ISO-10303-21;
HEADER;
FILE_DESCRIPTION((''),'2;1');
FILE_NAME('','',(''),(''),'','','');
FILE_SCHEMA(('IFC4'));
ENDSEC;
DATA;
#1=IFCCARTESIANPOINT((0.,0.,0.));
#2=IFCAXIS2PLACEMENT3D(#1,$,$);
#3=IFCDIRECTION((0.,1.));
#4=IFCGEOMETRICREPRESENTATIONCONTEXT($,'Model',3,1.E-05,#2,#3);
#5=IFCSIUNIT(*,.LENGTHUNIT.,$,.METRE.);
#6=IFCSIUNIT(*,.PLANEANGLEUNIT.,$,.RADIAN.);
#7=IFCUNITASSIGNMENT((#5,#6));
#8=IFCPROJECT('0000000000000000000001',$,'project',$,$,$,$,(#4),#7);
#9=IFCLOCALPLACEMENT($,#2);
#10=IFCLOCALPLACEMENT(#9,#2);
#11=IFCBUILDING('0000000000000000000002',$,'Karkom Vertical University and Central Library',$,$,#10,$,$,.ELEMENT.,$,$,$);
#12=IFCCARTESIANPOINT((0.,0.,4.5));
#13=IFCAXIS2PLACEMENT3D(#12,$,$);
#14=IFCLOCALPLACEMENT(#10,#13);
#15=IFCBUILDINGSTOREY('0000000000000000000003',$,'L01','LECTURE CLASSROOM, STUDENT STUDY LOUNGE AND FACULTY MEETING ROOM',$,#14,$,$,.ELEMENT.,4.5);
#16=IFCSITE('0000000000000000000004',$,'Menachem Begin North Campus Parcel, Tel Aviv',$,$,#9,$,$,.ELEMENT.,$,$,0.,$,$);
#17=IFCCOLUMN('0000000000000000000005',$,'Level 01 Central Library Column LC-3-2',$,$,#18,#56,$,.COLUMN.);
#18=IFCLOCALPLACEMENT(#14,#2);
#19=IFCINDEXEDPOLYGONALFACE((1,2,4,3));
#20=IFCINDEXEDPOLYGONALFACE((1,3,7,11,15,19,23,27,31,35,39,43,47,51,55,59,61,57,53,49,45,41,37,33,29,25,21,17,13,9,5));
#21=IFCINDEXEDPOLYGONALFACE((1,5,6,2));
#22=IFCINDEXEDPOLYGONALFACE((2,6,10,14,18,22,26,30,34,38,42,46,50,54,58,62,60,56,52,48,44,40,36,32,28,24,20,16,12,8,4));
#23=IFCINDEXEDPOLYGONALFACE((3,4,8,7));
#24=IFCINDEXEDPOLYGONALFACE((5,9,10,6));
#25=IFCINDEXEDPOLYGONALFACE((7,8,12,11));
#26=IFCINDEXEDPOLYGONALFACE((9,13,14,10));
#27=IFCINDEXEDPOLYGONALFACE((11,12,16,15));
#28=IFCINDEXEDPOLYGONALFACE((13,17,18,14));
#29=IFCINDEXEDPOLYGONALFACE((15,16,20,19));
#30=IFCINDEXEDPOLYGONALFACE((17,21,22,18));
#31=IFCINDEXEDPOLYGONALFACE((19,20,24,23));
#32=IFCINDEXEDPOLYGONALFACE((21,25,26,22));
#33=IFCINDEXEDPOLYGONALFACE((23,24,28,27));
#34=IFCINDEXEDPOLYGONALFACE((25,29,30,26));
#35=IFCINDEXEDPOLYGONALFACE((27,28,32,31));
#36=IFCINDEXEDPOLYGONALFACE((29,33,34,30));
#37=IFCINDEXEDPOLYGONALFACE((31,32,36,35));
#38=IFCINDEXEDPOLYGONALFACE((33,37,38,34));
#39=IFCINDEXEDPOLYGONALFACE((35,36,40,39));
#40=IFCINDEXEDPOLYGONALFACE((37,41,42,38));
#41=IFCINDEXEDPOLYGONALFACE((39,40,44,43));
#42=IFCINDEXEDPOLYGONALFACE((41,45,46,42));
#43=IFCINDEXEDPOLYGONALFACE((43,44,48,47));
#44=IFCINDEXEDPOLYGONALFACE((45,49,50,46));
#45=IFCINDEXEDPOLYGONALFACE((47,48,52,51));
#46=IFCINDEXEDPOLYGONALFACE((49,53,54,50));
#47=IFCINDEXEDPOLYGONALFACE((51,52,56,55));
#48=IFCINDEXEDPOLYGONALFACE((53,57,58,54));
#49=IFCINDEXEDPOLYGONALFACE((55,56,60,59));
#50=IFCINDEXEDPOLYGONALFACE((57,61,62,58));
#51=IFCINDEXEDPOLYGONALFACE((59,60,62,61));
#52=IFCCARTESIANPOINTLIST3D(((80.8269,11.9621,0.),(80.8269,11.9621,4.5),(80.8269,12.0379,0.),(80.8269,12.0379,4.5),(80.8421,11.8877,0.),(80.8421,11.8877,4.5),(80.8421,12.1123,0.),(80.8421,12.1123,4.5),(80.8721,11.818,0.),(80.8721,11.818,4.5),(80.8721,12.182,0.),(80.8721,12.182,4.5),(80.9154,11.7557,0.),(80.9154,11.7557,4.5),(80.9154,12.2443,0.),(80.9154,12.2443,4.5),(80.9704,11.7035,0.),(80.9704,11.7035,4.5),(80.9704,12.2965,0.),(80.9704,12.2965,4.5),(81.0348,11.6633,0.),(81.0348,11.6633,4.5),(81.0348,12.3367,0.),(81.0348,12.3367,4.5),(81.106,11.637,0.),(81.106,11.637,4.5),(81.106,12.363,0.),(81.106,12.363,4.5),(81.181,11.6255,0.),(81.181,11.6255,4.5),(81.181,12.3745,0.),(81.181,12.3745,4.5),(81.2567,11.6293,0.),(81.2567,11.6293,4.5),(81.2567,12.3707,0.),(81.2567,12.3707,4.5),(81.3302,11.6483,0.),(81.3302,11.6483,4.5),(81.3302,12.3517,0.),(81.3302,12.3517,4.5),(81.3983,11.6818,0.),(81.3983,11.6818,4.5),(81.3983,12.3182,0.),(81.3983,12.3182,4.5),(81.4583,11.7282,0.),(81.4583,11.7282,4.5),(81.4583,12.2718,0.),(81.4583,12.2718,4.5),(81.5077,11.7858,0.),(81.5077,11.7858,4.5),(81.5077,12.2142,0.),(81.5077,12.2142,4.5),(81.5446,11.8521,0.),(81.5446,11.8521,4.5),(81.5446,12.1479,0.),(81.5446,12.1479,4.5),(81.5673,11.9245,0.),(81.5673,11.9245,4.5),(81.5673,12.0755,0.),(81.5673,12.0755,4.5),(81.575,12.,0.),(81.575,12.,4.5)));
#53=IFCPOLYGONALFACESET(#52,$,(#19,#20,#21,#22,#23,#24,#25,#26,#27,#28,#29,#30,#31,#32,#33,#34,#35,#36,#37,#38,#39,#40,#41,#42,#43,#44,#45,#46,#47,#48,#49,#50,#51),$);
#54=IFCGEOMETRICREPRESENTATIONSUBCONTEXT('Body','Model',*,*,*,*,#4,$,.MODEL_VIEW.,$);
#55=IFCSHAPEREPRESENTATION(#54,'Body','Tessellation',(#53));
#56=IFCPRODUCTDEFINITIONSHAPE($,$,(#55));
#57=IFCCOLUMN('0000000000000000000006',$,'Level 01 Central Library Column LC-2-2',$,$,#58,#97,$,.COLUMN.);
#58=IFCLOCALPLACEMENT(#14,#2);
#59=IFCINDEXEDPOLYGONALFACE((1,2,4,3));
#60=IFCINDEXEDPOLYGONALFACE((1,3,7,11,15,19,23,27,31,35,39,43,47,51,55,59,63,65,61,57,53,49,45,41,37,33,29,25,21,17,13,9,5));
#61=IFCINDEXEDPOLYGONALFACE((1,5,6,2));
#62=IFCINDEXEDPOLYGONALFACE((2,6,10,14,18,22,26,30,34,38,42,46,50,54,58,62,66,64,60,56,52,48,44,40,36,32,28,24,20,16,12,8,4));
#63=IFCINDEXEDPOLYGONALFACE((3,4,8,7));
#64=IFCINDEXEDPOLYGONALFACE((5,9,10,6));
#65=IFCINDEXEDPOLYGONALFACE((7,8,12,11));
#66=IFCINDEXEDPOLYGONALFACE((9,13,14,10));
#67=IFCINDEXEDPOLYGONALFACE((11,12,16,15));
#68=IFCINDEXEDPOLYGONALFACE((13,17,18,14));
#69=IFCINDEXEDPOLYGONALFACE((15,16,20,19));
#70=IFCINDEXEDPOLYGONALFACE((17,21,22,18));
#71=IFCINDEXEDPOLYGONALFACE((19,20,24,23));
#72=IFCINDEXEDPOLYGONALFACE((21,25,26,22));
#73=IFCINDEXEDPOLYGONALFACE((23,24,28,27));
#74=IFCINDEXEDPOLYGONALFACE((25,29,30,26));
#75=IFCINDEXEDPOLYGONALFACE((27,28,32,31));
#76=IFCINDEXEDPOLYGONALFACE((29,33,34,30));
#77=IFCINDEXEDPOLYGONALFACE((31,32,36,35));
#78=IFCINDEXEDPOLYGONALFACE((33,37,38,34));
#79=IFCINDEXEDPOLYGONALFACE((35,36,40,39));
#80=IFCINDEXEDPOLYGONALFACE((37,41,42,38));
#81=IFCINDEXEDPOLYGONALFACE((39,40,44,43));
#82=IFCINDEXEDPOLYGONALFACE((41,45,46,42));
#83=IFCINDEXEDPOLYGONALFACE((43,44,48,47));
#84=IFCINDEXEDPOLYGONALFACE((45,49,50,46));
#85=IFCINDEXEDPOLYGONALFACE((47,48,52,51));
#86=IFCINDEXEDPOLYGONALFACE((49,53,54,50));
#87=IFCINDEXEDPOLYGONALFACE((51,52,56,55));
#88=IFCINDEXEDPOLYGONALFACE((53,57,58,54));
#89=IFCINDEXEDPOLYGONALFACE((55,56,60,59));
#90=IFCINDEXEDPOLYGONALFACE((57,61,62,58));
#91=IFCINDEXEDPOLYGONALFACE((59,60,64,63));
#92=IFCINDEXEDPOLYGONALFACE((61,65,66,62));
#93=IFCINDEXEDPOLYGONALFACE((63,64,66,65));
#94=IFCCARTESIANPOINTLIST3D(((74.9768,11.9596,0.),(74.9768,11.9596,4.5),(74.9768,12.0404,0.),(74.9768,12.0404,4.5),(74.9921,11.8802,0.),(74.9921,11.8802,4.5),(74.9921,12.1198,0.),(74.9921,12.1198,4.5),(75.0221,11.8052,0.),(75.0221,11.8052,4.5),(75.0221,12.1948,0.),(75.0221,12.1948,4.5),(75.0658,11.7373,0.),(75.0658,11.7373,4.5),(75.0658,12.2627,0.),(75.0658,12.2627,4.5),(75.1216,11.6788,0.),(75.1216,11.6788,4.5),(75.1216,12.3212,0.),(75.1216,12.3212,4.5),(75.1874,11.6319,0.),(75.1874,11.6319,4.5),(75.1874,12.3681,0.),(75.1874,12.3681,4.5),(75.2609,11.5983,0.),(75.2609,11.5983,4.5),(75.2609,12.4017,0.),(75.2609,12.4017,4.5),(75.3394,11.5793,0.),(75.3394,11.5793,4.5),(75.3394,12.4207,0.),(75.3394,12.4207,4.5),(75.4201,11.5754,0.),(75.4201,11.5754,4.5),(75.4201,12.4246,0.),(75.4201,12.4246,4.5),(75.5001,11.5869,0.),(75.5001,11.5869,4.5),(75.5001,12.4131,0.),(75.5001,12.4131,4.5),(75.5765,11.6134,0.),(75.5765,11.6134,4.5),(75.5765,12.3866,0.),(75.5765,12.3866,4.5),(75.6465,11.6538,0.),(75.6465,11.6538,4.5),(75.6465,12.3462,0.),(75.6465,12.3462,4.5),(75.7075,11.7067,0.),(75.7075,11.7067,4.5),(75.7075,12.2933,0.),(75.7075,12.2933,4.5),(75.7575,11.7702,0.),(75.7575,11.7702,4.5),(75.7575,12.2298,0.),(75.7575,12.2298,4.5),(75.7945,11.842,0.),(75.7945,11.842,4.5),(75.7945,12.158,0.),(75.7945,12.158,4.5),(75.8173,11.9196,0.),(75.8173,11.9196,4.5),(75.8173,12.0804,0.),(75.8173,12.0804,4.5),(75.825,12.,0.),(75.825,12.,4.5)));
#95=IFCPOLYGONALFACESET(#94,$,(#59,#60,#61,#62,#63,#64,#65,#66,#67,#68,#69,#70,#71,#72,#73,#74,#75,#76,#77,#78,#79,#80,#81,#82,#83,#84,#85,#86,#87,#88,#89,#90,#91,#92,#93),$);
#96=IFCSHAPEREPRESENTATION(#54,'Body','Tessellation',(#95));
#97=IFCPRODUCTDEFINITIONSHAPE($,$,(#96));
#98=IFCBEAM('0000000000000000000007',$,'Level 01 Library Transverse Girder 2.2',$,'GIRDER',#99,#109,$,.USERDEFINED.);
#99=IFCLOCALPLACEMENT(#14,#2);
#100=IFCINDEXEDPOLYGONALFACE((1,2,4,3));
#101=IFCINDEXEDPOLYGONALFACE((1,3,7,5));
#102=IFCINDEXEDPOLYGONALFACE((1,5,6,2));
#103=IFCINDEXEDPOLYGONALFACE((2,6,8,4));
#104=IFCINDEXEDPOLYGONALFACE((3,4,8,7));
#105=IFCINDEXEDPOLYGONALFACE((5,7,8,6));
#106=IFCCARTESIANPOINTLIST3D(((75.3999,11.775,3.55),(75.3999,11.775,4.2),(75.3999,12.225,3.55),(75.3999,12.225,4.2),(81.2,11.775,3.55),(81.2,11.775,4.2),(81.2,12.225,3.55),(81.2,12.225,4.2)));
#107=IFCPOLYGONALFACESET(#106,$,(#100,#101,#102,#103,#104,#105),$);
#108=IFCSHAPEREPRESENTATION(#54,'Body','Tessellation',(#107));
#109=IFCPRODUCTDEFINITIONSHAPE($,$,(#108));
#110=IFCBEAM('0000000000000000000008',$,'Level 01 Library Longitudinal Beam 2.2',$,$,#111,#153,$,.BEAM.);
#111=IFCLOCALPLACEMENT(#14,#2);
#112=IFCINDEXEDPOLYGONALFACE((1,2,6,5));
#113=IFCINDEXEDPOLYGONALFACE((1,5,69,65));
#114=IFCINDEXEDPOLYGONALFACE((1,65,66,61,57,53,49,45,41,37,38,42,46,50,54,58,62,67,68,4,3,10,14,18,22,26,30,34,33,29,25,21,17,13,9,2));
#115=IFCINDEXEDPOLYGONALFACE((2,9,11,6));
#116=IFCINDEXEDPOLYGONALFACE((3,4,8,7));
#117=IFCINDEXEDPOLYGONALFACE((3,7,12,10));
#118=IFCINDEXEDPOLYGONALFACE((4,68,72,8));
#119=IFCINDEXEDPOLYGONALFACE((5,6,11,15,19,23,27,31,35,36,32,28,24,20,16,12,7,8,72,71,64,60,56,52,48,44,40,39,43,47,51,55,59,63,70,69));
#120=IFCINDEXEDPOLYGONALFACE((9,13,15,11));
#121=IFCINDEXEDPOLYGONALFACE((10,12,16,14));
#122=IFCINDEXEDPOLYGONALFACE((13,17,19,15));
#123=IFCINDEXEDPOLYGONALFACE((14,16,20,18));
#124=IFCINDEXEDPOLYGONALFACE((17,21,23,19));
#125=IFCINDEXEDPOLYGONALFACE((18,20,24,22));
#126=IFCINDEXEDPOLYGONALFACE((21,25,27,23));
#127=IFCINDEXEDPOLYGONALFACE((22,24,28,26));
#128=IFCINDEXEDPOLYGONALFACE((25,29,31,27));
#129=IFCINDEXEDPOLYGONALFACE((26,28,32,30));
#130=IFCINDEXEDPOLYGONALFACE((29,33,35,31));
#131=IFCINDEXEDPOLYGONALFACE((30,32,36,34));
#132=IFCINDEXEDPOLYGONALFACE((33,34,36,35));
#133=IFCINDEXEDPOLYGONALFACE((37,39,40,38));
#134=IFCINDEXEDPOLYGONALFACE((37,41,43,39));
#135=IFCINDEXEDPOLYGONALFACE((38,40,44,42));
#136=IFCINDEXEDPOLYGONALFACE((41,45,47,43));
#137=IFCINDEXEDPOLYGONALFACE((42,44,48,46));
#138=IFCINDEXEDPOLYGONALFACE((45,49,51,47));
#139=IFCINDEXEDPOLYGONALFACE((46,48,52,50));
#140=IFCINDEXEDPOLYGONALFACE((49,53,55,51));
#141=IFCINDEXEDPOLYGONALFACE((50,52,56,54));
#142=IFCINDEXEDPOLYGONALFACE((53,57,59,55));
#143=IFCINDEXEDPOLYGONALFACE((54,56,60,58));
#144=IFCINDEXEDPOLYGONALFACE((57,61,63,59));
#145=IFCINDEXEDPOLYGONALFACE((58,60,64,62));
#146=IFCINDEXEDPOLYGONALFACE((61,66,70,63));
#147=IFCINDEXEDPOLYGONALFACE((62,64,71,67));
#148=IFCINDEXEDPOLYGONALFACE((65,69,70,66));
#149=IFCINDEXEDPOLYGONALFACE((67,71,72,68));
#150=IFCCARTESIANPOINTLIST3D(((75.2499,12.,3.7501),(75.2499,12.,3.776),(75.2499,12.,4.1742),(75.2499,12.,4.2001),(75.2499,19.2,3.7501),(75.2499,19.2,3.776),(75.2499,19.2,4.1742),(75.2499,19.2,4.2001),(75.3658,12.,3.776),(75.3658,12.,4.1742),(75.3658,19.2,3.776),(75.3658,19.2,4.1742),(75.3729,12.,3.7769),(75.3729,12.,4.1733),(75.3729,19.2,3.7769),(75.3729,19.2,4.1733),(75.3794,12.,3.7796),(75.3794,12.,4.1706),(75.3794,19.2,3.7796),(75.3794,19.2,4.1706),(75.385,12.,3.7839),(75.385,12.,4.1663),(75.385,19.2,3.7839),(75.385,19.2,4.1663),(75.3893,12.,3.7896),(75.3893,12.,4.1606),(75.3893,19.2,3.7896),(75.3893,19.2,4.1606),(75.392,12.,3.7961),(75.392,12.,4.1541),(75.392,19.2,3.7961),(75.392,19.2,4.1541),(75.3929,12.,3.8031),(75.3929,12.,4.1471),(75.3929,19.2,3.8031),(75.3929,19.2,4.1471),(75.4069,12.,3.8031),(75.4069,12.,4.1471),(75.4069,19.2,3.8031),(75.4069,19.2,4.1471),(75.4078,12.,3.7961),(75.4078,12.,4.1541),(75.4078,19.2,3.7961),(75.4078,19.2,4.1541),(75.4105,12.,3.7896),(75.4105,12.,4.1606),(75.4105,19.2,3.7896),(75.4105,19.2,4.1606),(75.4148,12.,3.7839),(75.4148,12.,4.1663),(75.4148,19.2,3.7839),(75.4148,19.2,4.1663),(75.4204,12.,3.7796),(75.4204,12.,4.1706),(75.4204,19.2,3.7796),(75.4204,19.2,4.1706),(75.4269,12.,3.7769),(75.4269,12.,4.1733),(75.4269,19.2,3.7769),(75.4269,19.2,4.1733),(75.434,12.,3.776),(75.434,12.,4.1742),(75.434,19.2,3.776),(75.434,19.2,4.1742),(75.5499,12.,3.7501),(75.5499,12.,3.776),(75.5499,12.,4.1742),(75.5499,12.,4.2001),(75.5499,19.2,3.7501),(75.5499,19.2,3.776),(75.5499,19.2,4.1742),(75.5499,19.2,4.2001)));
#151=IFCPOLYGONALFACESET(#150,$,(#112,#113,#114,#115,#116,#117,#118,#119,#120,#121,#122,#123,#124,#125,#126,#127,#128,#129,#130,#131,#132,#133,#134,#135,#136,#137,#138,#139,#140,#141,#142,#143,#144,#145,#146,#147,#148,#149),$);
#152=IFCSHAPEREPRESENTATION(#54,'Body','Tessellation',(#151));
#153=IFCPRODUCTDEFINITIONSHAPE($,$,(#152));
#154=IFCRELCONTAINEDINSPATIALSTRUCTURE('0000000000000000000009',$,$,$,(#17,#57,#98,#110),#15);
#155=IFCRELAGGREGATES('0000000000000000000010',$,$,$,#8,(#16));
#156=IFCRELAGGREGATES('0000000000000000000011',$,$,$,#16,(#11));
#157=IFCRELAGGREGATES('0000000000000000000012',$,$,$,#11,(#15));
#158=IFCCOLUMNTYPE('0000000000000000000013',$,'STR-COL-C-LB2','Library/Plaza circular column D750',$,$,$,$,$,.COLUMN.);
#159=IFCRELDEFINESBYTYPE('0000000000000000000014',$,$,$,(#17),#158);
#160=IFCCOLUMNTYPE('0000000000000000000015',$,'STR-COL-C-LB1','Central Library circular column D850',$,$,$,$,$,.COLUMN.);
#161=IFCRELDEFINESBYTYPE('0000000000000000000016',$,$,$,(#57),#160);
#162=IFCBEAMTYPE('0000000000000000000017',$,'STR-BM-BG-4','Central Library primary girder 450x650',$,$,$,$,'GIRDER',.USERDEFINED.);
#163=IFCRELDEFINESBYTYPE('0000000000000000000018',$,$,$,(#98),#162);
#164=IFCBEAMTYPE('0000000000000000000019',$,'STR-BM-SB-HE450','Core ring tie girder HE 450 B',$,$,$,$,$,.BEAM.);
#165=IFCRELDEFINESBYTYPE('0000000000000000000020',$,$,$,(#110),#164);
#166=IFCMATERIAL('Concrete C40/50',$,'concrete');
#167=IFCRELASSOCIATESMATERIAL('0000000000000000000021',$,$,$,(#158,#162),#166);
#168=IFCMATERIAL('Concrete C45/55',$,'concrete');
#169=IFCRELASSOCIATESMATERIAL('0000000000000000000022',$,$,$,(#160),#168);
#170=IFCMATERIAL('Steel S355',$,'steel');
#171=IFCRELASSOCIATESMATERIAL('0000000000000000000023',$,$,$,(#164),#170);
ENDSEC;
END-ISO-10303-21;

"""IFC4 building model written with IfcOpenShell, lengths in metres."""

from ifc_helpers import new_model, si_unit, direction, frame, origin, origin_with_axes, origin_2d, place, context, subcontext, project, spatial, rectangle, circle, i_section, extrude, source, transform, mapped, material, material_profile, profile_set, type_object, element, save


model = new_model("IFC4")

# Units and contexts
model_context = context("Model", 3, precision=1e-05, world=origin(), true_north=direction((0.0, 1.0)))
body_context = subcontext(model_context, "Body", "Model", "MODEL_VIEW")
ifc_project = project(units=[si_unit("LENGTHUNIT", "METRE"), si_unit("PLANEANGLEUNIT", "RADIAN")], contexts=[model_context])

# Site, building, storey
site_placement = place(None, origin())
site = spatial("IfcSite", under=ifc_project, at=site_placement, Name="Menachem Begin North Campus Parcel, Tel Aviv", CompositionType="ELEMENT", RefElevation=0.0)
building_placement = place(site_placement, origin())
building = spatial("IfcBuilding", under=site, at=building_placement, Name="Karkom Vertical University and Central Library", CompositionType="ELEMENT")
storey_placement = place(building_placement, frame((0.0, 0.0, 4.5)))
storey = spatial("IfcBuildingStorey", under=building, at=storey_placement, Name="L01", Description="LECTURE CLASSROOM, STUDENT STUDY LOUNGE AND FACULTY MEETING ROOM", CompositionType="ELEMENT", Elevation=4.5)

# Columns
ifc_material_1 = material(Name="Concrete C40/50", Category="concrete")
ifc_material_profile_1 = material_profile(ifc_material_1, circle(Radius=0.375, at=origin_2d()), Name="RC-D750")
ifc_profile_set_1 = profile_set([ifc_material_profile_1], Name="Concrete C40/50")
column_type_1 = type_object("IfcColumnType", Name="STR-COL-C-LB2", Description="Library/Plaza circular column D750", PredefinedType="COLUMN", material=ifc_profile_set_1)
shared_shape_1 = source(origin_with_axes(), body_context, "Body", "SweptSolid", [
    extrude(circle(Radius=0.375, at=origin_2d()), origin(), (0.0, 0.0, 1.0), 4.5),
])
column_1_placement = place(storey_placement, frame((81.2, 12.0, 0.0), z_axis=(0.0, 0.0, 1.0), x_axis=(1.0, 0.0, 0.0)))
element("IfcColumn", 1, at=column_1_placement, inside=storey, type_object=column_type_1, Name="Level 01 Central Library Column LC-3-2", PredefinedType="COLUMN", context=body_context, shape_type="MappedRepresentation", body=[
    mapped(shared_shape_1, transform((0.0, 0.0, 0.0), scale=1.0)),
])
ifc_material_2 = material(Name="Concrete C45/55", Category="concrete")
ifc_material_profile_2 = material_profile(ifc_material_2, circle(Radius=0.425, at=origin_2d()), Name="RC-D850")
ifc_profile_set_2 = profile_set([ifc_material_profile_2], Name="Concrete C45/55")
column_type_2 = type_object("IfcColumnType", Name="STR-COL-C-LB1", Description="Central Library circular column D850", PredefinedType="COLUMN", material=ifc_profile_set_2)
shared_shape_2 = source(origin_with_axes(), body_context, "Body", "SweptSolid", [
    extrude(circle(Radius=0.425, at=origin_2d()), origin(), (0.0, 0.0, 1.0), 4.5),
])
column_2_placement = place(storey_placement, frame((75.3999, 12.0, 0.0), z_axis=(0.0, 0.0, 1.0), x_axis=(1.0, 0.0, 0.0)))
element("IfcColumn", 2, at=column_2_placement, inside=storey, type_object=column_type_2, Name="Level 01 Central Library Column LC-2-2", PredefinedType="COLUMN", context=body_context, shape_type="MappedRepresentation", body=[
    mapped(shared_shape_2, transform((0.0, 0.0, 0.0), scale=1.0)),
])

# Beams
ifc_material_profile_3 = material_profile(ifc_material_1, rectangle(XDim=0.45, YDim=0.6499, at=origin_2d()), Name="RCB-450x650")
ifc_profile_set_3 = profile_set([ifc_material_profile_3], Name="Concrete C40/50")
beam_type_1 = type_object("IfcBeamType", Name="STR-BM-BG-4", Description="Central Library primary girder 450x650", ElementType="GIRDER", PredefinedType="USERDEFINED", material=ifc_profile_set_3)
shared_shape_3 = source(origin_with_axes(), body_context, "Body", "SweptSolid", [
    extrude(rectangle(XDim=0.45, YDim=0.6499, at=origin_2d()), origin(), (0.0, 0.0, 1.0), 5.8),
])
beam_placement = place(storey_placement, frame((75.3999, 12.0, 3.875), z_axis=(1.0, 0.0, 0.0), x_axis=(0.0, 1.0, 0.0)))
element("IfcBeam", 3, at=beam_placement, inside=storey, type_object=beam_type_1, Name="Level 01 Library Transverse Girder 2.2", ObjectType="GIRDER", PredefinedType="USERDEFINED", context=body_context, shape_type="MappedRepresentation", body=[
    mapped(shared_shape_3, transform((0.0, 0.0, 0.0), scale=1.0)),
])
ifc_material_3 = material(Name="Steel S355", Category="steel")
ifc_material_profile_4 = material_profile(ifc_material_3, i_section(OverallWidth=0.3, OverallDepth=0.45, WebThickness=0.0139, FlangeThickness=0.0259, FilletRadius=0.0271, at=origin_2d()), Name="HE 450 B")
ifc_profile_set_4 = profile_set([ifc_material_profile_4], Name="Steel S355")
beam_type_2 = type_object("IfcBeamType", Name="STR-BM-SB-HE450", Description="Core ring tie girder HE 450 B", PredefinedType="BEAM", material=ifc_profile_set_4)
shared_shape_4 = source(origin_with_axes(), body_context, "Body", "SweptSolid", [
    extrude(i_section(OverallWidth=0.3, OverallDepth=0.45, WebThickness=0.0139, FlangeThickness=0.0259, FilletRadius=0.0271, at=origin_2d()), origin(), (0.0, 0.0, 1.0), 7.2),
])
for number, where, z_axis, x_axis, name in (
    (4, (75.3999, 12.0, 3.9751), (0.0, 1.0, 0.0), (-1.0, 0.0, 0.0), "Level 01 Library Longitudinal Beam 2.2"),
):
    element("IfcBeam", number, at=place(storey_placement, frame(where, z_axis=z_axis, x_axis=x_axis)), inside=storey, type_object=beam_type_2, Name=name, PredefinedType="BEAM", context=body_context, shape_type="MappedRepresentation", body=[
        mapped(shared_shape_4, transform((0.0, 0.0, 0.0), scale=1.0)),
    ])

save(model, "model.ifc")
